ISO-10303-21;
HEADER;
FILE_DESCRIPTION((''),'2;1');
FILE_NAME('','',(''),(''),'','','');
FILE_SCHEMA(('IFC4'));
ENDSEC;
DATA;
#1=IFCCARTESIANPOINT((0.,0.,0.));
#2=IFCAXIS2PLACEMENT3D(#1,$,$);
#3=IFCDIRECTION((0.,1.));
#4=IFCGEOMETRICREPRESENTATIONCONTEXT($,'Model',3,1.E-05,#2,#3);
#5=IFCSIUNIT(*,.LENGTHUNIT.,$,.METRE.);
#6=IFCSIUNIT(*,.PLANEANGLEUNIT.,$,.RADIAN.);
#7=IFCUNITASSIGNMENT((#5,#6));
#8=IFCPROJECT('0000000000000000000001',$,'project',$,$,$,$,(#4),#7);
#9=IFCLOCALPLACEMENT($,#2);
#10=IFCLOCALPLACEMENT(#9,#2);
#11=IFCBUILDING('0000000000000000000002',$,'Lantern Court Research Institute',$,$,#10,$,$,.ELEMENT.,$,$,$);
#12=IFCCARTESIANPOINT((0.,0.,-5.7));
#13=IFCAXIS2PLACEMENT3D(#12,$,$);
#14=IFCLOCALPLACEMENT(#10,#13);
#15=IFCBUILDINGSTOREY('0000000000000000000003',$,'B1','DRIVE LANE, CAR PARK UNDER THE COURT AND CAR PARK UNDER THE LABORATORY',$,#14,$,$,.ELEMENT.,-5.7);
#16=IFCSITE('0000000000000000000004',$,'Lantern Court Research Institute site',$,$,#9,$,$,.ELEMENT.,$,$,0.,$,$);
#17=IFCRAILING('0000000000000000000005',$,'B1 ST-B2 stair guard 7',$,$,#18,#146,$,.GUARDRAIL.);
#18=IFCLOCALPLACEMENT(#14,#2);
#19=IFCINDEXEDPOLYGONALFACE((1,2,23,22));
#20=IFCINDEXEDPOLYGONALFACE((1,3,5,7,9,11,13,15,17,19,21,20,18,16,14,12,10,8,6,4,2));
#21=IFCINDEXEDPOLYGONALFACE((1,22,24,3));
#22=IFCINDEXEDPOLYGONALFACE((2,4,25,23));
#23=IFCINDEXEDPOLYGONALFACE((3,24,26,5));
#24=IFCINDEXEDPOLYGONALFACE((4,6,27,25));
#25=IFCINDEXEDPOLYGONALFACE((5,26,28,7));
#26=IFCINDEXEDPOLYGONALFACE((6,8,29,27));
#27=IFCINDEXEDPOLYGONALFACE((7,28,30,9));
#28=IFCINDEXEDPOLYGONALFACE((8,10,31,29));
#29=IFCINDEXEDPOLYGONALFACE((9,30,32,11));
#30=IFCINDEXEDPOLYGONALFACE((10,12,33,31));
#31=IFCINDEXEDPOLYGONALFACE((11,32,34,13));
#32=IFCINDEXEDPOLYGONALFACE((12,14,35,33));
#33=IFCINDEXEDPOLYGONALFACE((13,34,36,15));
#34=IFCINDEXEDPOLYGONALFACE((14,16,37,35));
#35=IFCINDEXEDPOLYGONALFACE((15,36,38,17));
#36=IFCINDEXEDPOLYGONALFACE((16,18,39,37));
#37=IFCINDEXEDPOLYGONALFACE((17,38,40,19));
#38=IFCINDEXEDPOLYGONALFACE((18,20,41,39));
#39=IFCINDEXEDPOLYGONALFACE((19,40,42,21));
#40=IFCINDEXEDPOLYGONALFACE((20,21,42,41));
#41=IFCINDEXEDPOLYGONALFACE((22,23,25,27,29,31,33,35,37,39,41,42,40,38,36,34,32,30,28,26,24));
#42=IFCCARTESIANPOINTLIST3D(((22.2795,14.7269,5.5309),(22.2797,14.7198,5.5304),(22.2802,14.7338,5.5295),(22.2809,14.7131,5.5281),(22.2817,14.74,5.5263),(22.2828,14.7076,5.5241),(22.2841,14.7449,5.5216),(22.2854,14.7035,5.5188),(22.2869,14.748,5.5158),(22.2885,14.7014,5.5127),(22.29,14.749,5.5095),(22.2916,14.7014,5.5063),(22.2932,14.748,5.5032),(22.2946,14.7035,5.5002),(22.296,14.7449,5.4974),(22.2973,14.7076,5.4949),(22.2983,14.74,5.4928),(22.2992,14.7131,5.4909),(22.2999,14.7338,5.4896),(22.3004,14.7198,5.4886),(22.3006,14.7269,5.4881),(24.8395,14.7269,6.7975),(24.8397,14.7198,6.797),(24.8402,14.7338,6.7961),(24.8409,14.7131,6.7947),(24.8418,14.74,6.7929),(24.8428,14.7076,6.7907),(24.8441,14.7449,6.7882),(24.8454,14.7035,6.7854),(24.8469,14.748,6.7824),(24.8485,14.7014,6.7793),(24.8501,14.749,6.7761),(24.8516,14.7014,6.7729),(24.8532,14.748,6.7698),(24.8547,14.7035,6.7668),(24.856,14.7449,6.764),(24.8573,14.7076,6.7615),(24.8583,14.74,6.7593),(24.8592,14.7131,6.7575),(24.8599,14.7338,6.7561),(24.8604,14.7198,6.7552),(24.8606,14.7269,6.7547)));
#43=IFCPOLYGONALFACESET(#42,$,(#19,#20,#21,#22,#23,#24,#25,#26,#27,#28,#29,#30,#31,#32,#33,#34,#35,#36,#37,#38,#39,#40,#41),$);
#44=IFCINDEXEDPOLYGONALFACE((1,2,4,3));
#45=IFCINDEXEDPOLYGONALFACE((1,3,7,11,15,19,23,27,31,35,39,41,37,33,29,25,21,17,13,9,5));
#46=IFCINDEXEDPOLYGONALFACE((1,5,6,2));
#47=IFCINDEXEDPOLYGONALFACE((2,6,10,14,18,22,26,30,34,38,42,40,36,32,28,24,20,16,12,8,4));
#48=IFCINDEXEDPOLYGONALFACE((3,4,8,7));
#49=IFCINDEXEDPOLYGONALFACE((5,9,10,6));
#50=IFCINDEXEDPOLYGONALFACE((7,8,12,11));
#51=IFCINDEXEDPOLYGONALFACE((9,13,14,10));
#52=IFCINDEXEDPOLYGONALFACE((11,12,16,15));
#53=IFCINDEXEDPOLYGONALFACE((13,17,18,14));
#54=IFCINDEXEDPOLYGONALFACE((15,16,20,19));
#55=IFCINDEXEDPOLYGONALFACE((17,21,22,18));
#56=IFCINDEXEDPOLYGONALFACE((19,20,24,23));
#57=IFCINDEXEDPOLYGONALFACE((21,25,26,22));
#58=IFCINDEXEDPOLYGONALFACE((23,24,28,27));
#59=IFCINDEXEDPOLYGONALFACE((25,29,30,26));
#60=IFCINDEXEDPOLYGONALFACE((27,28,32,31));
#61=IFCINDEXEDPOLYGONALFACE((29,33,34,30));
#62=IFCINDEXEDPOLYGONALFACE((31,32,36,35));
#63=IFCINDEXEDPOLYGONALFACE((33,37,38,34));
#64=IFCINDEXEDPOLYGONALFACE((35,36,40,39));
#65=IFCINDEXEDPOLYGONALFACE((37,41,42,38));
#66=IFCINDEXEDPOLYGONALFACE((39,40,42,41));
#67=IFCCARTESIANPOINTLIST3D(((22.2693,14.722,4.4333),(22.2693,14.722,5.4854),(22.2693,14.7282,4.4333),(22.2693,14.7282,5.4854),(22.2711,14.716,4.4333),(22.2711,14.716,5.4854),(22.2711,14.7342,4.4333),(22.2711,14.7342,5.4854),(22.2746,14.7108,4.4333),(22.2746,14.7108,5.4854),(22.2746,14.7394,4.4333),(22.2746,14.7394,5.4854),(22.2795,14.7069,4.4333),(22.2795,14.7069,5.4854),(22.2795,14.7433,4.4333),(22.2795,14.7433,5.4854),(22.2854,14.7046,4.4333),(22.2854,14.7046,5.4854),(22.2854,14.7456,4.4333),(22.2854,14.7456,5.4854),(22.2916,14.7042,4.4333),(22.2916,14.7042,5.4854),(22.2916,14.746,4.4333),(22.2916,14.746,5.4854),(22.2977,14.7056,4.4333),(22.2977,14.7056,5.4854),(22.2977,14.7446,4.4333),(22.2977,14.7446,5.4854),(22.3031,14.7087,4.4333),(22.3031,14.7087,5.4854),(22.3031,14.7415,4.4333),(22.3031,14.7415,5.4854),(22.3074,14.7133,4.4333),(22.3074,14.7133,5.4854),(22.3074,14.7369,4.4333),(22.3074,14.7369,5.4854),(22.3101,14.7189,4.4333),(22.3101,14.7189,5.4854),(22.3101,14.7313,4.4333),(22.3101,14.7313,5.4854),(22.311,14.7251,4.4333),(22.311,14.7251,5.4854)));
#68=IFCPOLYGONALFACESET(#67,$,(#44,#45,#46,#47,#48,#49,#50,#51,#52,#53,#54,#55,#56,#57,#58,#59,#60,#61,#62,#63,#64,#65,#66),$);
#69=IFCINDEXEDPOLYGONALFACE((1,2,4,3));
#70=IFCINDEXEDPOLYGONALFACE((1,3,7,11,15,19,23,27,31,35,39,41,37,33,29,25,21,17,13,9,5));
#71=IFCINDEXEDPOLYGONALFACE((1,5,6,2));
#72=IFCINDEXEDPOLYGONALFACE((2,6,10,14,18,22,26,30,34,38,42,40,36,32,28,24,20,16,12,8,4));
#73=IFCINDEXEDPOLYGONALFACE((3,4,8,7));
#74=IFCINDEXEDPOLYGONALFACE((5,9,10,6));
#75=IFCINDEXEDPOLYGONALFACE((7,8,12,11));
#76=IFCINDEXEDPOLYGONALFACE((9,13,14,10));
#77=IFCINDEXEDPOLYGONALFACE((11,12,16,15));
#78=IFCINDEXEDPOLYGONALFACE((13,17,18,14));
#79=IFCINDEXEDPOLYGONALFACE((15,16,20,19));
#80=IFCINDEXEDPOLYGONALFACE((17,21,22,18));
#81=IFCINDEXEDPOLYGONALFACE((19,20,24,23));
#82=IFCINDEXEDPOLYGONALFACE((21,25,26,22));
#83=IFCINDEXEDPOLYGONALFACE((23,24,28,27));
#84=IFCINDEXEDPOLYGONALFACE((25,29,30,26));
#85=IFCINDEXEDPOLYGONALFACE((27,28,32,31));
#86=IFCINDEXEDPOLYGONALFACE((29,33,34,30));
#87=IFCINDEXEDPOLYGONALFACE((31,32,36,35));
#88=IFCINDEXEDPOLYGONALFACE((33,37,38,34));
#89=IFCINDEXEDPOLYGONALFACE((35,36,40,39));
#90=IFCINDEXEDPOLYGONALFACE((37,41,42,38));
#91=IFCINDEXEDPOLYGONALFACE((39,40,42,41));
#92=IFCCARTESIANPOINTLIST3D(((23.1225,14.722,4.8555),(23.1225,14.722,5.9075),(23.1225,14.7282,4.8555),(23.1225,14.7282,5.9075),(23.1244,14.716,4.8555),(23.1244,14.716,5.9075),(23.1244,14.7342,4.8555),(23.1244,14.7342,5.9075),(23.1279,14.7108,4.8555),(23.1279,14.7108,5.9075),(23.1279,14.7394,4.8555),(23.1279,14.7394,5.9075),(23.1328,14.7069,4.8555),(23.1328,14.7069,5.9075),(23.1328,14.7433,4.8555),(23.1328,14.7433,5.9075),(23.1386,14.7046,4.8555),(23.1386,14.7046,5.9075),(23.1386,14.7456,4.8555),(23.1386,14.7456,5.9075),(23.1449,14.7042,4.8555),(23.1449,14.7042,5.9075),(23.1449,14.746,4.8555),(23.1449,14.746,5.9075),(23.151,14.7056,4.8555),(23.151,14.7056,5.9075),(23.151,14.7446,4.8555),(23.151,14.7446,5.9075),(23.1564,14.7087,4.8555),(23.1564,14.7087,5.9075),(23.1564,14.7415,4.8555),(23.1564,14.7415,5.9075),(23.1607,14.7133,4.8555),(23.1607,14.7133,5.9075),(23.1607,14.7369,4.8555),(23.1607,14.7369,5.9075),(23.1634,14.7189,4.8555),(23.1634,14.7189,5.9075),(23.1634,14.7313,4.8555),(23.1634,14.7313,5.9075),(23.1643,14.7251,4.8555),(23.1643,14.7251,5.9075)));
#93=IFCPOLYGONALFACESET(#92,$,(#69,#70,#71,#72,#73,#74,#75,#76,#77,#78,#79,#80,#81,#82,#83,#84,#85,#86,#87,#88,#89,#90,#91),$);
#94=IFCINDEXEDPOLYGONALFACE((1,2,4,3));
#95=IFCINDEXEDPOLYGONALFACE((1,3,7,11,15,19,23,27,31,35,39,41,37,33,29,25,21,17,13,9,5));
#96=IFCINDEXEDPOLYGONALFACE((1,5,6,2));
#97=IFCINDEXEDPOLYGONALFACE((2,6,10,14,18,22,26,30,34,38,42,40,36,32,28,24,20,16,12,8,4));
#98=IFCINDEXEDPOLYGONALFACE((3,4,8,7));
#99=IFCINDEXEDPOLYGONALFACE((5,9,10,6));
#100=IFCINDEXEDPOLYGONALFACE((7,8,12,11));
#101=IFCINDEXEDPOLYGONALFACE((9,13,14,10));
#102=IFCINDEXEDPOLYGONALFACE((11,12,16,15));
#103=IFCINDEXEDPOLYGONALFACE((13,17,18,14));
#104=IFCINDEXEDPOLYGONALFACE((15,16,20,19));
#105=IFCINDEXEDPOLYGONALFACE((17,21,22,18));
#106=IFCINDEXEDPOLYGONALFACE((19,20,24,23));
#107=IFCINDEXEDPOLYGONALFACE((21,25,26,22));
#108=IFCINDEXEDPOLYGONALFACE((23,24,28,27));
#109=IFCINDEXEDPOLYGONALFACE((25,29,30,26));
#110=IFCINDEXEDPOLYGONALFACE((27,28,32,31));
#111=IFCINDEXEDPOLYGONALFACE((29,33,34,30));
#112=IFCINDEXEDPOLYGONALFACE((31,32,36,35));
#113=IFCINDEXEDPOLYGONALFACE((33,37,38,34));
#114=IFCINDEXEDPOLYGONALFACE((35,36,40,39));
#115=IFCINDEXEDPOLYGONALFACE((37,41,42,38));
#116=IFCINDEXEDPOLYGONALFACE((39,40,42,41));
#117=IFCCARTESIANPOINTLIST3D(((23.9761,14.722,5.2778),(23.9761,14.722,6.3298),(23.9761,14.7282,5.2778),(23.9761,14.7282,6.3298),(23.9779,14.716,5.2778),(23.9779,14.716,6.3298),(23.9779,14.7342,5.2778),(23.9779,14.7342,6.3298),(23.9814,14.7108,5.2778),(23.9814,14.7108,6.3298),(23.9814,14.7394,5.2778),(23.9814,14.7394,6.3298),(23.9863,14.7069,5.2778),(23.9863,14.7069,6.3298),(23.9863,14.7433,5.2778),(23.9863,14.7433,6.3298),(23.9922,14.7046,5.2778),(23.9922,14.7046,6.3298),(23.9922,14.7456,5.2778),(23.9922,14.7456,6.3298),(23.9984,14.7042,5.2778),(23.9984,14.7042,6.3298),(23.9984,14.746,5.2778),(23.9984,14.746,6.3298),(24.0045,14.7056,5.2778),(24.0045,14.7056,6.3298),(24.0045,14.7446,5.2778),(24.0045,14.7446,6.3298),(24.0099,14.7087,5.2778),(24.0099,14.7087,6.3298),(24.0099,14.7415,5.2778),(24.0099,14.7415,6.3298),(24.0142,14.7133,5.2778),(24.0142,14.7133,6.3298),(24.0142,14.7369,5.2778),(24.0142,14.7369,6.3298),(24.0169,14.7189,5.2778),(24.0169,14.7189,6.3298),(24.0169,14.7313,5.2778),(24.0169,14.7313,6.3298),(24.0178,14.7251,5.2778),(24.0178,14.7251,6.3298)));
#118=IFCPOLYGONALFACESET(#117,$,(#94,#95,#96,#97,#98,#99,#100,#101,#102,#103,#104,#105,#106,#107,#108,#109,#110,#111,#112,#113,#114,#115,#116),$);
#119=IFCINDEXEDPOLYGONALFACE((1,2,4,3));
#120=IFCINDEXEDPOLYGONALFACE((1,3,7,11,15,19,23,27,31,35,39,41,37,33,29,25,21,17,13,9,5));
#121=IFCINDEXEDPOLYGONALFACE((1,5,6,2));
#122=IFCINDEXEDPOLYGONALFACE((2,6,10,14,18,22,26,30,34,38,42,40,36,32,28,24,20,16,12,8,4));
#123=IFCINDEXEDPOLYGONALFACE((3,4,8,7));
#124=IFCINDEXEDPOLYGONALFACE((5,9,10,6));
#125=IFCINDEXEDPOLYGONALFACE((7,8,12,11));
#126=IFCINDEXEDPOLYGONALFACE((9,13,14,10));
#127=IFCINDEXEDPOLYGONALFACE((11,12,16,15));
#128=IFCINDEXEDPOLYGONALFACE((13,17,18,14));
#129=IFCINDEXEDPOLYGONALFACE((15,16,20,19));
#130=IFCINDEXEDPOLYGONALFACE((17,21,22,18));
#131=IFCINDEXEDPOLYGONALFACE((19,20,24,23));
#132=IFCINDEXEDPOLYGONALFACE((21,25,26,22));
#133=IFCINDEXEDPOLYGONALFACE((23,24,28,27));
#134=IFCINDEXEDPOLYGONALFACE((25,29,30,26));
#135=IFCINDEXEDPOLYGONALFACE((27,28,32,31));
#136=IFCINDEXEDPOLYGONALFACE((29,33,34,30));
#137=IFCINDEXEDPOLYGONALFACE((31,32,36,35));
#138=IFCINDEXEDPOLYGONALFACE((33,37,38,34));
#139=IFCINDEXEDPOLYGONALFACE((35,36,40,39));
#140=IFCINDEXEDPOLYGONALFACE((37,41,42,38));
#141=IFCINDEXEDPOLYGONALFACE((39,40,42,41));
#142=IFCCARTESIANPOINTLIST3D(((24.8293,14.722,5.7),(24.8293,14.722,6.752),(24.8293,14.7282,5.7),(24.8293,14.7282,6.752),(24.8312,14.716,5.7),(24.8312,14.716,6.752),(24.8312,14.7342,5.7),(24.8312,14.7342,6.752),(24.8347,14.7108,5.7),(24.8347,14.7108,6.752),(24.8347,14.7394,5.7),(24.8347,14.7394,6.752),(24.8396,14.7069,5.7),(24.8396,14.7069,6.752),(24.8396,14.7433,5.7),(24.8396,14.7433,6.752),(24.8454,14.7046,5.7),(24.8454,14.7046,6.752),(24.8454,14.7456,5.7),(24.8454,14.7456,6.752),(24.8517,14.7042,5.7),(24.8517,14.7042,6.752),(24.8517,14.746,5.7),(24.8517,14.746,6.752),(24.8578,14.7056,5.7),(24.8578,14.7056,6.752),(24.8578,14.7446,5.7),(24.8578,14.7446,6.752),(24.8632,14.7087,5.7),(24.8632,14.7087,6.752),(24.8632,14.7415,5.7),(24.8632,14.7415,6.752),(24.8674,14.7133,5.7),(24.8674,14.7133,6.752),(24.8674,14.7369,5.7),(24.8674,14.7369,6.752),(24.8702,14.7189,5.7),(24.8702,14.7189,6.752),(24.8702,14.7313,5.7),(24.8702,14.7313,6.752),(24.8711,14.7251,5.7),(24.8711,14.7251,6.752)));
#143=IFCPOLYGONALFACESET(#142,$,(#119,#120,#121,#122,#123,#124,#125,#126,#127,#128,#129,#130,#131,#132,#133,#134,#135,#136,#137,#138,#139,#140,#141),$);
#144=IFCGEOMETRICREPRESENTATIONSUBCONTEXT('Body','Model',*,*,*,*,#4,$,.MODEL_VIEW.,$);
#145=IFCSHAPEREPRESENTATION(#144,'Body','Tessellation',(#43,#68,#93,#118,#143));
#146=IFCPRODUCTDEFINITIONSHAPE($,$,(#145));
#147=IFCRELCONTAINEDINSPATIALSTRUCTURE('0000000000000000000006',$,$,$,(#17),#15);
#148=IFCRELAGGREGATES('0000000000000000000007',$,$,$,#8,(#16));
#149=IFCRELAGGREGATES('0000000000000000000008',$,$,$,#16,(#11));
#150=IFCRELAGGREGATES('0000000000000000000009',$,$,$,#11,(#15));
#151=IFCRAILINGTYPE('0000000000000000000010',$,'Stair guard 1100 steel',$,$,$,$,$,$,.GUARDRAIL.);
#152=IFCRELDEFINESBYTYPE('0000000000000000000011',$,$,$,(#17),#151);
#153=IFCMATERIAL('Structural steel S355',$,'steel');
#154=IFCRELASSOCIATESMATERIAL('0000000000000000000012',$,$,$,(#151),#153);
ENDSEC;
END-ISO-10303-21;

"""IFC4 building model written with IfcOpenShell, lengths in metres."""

from ifc_helpers import new_model, si_unit, direction, frame, origin, origin_2d, place, context, subcontext, project, spatial, circle, extrude, material, type_object, element, save


model = new_model("IFC4")

# Units and contexts
model_context = context("Model", 3, precision=1e-05, world=origin(), true_north=direction((0.0, 1.0)))
body_context = subcontext(model_context, "Body", "Model", "MODEL_VIEW")
ifc_project = project(units=[si_unit("LENGTHUNIT", "METRE"), si_unit("PLANEANGLEUNIT", "RADIAN")], contexts=[model_context])

# Site, building, storey
site_placement = place(None, origin())
site = spatial("IfcSite", under=ifc_project, at=site_placement, Name="Lantern Court Research Institute site", CompositionType="ELEMENT", RefElevation=0.0)
building_placement = place(site_placement, origin())
building = spatial("IfcBuilding", under=site, at=building_placement, Name="Lantern Court Research Institute", CompositionType="ELEMENT")
storey_placement = place(building_placement, frame((0.0, 0.0, -5.7)))
storey = spatial("IfcBuildingStorey", under=building, at=storey_placement, Name="B1", Description="DRIVE LANE, CAR PARK UNDER THE COURT AND CAR PARK UNDER THE LABORATORY", CompositionType="ELEMENT", Elevation=-5.7)

# Railing
ifc_material_1 = material(Name="Structural steel S355", Category="steel")
railing_type_1 = type_object("IfcRailingType", Name="Stair guard 1100 steel", PredefinedType="GUARDRAIL", material=ifc_material_1)
railing_1_placement = place(storey_placement, frame((22.29, 14.7251, 4.4333)))
element("IfcRailing", 1, at=railing_1_placement, inside=storey, type_object=railing_type_1, Name="B1 ST-B2 stair guard 7", PredefinedType="GUARDRAIL", context=body_context, shape_type="SweptSolid", body=[
    extrude(circle(Radius=0.0239, at=origin_2d()), frame((0.0, 0.0, 1.0762), z_axis=(0.8963, 0.0, 0.443449), x_axis=(0.0, 1.0, 0.0)), (0.0, 0.0, 1.0), 2.8562),
    extrude(circle(Radius=0.021, at=origin_2d()), origin(), (0.0, 0.0, 1.0), 1.052),
    extrude(circle(Radius=0.021, at=origin_2d()), frame((0.8533, 0.0, 0.4221)), (0.0, 0.0, 1.0), 1.052),
    extrude(circle(Radius=0.021, at=origin_2d()), frame((1.7068, 0.0, 0.8445)), (0.0, 0.0, 1.0), 1.052),
    extrude(circle(Radius=0.021, at=origin_2d()), frame((2.5601, 0.0, 1.2666)), (0.0, 0.0, 1.0), 1.052),
])

save(model, "model.ifc")
